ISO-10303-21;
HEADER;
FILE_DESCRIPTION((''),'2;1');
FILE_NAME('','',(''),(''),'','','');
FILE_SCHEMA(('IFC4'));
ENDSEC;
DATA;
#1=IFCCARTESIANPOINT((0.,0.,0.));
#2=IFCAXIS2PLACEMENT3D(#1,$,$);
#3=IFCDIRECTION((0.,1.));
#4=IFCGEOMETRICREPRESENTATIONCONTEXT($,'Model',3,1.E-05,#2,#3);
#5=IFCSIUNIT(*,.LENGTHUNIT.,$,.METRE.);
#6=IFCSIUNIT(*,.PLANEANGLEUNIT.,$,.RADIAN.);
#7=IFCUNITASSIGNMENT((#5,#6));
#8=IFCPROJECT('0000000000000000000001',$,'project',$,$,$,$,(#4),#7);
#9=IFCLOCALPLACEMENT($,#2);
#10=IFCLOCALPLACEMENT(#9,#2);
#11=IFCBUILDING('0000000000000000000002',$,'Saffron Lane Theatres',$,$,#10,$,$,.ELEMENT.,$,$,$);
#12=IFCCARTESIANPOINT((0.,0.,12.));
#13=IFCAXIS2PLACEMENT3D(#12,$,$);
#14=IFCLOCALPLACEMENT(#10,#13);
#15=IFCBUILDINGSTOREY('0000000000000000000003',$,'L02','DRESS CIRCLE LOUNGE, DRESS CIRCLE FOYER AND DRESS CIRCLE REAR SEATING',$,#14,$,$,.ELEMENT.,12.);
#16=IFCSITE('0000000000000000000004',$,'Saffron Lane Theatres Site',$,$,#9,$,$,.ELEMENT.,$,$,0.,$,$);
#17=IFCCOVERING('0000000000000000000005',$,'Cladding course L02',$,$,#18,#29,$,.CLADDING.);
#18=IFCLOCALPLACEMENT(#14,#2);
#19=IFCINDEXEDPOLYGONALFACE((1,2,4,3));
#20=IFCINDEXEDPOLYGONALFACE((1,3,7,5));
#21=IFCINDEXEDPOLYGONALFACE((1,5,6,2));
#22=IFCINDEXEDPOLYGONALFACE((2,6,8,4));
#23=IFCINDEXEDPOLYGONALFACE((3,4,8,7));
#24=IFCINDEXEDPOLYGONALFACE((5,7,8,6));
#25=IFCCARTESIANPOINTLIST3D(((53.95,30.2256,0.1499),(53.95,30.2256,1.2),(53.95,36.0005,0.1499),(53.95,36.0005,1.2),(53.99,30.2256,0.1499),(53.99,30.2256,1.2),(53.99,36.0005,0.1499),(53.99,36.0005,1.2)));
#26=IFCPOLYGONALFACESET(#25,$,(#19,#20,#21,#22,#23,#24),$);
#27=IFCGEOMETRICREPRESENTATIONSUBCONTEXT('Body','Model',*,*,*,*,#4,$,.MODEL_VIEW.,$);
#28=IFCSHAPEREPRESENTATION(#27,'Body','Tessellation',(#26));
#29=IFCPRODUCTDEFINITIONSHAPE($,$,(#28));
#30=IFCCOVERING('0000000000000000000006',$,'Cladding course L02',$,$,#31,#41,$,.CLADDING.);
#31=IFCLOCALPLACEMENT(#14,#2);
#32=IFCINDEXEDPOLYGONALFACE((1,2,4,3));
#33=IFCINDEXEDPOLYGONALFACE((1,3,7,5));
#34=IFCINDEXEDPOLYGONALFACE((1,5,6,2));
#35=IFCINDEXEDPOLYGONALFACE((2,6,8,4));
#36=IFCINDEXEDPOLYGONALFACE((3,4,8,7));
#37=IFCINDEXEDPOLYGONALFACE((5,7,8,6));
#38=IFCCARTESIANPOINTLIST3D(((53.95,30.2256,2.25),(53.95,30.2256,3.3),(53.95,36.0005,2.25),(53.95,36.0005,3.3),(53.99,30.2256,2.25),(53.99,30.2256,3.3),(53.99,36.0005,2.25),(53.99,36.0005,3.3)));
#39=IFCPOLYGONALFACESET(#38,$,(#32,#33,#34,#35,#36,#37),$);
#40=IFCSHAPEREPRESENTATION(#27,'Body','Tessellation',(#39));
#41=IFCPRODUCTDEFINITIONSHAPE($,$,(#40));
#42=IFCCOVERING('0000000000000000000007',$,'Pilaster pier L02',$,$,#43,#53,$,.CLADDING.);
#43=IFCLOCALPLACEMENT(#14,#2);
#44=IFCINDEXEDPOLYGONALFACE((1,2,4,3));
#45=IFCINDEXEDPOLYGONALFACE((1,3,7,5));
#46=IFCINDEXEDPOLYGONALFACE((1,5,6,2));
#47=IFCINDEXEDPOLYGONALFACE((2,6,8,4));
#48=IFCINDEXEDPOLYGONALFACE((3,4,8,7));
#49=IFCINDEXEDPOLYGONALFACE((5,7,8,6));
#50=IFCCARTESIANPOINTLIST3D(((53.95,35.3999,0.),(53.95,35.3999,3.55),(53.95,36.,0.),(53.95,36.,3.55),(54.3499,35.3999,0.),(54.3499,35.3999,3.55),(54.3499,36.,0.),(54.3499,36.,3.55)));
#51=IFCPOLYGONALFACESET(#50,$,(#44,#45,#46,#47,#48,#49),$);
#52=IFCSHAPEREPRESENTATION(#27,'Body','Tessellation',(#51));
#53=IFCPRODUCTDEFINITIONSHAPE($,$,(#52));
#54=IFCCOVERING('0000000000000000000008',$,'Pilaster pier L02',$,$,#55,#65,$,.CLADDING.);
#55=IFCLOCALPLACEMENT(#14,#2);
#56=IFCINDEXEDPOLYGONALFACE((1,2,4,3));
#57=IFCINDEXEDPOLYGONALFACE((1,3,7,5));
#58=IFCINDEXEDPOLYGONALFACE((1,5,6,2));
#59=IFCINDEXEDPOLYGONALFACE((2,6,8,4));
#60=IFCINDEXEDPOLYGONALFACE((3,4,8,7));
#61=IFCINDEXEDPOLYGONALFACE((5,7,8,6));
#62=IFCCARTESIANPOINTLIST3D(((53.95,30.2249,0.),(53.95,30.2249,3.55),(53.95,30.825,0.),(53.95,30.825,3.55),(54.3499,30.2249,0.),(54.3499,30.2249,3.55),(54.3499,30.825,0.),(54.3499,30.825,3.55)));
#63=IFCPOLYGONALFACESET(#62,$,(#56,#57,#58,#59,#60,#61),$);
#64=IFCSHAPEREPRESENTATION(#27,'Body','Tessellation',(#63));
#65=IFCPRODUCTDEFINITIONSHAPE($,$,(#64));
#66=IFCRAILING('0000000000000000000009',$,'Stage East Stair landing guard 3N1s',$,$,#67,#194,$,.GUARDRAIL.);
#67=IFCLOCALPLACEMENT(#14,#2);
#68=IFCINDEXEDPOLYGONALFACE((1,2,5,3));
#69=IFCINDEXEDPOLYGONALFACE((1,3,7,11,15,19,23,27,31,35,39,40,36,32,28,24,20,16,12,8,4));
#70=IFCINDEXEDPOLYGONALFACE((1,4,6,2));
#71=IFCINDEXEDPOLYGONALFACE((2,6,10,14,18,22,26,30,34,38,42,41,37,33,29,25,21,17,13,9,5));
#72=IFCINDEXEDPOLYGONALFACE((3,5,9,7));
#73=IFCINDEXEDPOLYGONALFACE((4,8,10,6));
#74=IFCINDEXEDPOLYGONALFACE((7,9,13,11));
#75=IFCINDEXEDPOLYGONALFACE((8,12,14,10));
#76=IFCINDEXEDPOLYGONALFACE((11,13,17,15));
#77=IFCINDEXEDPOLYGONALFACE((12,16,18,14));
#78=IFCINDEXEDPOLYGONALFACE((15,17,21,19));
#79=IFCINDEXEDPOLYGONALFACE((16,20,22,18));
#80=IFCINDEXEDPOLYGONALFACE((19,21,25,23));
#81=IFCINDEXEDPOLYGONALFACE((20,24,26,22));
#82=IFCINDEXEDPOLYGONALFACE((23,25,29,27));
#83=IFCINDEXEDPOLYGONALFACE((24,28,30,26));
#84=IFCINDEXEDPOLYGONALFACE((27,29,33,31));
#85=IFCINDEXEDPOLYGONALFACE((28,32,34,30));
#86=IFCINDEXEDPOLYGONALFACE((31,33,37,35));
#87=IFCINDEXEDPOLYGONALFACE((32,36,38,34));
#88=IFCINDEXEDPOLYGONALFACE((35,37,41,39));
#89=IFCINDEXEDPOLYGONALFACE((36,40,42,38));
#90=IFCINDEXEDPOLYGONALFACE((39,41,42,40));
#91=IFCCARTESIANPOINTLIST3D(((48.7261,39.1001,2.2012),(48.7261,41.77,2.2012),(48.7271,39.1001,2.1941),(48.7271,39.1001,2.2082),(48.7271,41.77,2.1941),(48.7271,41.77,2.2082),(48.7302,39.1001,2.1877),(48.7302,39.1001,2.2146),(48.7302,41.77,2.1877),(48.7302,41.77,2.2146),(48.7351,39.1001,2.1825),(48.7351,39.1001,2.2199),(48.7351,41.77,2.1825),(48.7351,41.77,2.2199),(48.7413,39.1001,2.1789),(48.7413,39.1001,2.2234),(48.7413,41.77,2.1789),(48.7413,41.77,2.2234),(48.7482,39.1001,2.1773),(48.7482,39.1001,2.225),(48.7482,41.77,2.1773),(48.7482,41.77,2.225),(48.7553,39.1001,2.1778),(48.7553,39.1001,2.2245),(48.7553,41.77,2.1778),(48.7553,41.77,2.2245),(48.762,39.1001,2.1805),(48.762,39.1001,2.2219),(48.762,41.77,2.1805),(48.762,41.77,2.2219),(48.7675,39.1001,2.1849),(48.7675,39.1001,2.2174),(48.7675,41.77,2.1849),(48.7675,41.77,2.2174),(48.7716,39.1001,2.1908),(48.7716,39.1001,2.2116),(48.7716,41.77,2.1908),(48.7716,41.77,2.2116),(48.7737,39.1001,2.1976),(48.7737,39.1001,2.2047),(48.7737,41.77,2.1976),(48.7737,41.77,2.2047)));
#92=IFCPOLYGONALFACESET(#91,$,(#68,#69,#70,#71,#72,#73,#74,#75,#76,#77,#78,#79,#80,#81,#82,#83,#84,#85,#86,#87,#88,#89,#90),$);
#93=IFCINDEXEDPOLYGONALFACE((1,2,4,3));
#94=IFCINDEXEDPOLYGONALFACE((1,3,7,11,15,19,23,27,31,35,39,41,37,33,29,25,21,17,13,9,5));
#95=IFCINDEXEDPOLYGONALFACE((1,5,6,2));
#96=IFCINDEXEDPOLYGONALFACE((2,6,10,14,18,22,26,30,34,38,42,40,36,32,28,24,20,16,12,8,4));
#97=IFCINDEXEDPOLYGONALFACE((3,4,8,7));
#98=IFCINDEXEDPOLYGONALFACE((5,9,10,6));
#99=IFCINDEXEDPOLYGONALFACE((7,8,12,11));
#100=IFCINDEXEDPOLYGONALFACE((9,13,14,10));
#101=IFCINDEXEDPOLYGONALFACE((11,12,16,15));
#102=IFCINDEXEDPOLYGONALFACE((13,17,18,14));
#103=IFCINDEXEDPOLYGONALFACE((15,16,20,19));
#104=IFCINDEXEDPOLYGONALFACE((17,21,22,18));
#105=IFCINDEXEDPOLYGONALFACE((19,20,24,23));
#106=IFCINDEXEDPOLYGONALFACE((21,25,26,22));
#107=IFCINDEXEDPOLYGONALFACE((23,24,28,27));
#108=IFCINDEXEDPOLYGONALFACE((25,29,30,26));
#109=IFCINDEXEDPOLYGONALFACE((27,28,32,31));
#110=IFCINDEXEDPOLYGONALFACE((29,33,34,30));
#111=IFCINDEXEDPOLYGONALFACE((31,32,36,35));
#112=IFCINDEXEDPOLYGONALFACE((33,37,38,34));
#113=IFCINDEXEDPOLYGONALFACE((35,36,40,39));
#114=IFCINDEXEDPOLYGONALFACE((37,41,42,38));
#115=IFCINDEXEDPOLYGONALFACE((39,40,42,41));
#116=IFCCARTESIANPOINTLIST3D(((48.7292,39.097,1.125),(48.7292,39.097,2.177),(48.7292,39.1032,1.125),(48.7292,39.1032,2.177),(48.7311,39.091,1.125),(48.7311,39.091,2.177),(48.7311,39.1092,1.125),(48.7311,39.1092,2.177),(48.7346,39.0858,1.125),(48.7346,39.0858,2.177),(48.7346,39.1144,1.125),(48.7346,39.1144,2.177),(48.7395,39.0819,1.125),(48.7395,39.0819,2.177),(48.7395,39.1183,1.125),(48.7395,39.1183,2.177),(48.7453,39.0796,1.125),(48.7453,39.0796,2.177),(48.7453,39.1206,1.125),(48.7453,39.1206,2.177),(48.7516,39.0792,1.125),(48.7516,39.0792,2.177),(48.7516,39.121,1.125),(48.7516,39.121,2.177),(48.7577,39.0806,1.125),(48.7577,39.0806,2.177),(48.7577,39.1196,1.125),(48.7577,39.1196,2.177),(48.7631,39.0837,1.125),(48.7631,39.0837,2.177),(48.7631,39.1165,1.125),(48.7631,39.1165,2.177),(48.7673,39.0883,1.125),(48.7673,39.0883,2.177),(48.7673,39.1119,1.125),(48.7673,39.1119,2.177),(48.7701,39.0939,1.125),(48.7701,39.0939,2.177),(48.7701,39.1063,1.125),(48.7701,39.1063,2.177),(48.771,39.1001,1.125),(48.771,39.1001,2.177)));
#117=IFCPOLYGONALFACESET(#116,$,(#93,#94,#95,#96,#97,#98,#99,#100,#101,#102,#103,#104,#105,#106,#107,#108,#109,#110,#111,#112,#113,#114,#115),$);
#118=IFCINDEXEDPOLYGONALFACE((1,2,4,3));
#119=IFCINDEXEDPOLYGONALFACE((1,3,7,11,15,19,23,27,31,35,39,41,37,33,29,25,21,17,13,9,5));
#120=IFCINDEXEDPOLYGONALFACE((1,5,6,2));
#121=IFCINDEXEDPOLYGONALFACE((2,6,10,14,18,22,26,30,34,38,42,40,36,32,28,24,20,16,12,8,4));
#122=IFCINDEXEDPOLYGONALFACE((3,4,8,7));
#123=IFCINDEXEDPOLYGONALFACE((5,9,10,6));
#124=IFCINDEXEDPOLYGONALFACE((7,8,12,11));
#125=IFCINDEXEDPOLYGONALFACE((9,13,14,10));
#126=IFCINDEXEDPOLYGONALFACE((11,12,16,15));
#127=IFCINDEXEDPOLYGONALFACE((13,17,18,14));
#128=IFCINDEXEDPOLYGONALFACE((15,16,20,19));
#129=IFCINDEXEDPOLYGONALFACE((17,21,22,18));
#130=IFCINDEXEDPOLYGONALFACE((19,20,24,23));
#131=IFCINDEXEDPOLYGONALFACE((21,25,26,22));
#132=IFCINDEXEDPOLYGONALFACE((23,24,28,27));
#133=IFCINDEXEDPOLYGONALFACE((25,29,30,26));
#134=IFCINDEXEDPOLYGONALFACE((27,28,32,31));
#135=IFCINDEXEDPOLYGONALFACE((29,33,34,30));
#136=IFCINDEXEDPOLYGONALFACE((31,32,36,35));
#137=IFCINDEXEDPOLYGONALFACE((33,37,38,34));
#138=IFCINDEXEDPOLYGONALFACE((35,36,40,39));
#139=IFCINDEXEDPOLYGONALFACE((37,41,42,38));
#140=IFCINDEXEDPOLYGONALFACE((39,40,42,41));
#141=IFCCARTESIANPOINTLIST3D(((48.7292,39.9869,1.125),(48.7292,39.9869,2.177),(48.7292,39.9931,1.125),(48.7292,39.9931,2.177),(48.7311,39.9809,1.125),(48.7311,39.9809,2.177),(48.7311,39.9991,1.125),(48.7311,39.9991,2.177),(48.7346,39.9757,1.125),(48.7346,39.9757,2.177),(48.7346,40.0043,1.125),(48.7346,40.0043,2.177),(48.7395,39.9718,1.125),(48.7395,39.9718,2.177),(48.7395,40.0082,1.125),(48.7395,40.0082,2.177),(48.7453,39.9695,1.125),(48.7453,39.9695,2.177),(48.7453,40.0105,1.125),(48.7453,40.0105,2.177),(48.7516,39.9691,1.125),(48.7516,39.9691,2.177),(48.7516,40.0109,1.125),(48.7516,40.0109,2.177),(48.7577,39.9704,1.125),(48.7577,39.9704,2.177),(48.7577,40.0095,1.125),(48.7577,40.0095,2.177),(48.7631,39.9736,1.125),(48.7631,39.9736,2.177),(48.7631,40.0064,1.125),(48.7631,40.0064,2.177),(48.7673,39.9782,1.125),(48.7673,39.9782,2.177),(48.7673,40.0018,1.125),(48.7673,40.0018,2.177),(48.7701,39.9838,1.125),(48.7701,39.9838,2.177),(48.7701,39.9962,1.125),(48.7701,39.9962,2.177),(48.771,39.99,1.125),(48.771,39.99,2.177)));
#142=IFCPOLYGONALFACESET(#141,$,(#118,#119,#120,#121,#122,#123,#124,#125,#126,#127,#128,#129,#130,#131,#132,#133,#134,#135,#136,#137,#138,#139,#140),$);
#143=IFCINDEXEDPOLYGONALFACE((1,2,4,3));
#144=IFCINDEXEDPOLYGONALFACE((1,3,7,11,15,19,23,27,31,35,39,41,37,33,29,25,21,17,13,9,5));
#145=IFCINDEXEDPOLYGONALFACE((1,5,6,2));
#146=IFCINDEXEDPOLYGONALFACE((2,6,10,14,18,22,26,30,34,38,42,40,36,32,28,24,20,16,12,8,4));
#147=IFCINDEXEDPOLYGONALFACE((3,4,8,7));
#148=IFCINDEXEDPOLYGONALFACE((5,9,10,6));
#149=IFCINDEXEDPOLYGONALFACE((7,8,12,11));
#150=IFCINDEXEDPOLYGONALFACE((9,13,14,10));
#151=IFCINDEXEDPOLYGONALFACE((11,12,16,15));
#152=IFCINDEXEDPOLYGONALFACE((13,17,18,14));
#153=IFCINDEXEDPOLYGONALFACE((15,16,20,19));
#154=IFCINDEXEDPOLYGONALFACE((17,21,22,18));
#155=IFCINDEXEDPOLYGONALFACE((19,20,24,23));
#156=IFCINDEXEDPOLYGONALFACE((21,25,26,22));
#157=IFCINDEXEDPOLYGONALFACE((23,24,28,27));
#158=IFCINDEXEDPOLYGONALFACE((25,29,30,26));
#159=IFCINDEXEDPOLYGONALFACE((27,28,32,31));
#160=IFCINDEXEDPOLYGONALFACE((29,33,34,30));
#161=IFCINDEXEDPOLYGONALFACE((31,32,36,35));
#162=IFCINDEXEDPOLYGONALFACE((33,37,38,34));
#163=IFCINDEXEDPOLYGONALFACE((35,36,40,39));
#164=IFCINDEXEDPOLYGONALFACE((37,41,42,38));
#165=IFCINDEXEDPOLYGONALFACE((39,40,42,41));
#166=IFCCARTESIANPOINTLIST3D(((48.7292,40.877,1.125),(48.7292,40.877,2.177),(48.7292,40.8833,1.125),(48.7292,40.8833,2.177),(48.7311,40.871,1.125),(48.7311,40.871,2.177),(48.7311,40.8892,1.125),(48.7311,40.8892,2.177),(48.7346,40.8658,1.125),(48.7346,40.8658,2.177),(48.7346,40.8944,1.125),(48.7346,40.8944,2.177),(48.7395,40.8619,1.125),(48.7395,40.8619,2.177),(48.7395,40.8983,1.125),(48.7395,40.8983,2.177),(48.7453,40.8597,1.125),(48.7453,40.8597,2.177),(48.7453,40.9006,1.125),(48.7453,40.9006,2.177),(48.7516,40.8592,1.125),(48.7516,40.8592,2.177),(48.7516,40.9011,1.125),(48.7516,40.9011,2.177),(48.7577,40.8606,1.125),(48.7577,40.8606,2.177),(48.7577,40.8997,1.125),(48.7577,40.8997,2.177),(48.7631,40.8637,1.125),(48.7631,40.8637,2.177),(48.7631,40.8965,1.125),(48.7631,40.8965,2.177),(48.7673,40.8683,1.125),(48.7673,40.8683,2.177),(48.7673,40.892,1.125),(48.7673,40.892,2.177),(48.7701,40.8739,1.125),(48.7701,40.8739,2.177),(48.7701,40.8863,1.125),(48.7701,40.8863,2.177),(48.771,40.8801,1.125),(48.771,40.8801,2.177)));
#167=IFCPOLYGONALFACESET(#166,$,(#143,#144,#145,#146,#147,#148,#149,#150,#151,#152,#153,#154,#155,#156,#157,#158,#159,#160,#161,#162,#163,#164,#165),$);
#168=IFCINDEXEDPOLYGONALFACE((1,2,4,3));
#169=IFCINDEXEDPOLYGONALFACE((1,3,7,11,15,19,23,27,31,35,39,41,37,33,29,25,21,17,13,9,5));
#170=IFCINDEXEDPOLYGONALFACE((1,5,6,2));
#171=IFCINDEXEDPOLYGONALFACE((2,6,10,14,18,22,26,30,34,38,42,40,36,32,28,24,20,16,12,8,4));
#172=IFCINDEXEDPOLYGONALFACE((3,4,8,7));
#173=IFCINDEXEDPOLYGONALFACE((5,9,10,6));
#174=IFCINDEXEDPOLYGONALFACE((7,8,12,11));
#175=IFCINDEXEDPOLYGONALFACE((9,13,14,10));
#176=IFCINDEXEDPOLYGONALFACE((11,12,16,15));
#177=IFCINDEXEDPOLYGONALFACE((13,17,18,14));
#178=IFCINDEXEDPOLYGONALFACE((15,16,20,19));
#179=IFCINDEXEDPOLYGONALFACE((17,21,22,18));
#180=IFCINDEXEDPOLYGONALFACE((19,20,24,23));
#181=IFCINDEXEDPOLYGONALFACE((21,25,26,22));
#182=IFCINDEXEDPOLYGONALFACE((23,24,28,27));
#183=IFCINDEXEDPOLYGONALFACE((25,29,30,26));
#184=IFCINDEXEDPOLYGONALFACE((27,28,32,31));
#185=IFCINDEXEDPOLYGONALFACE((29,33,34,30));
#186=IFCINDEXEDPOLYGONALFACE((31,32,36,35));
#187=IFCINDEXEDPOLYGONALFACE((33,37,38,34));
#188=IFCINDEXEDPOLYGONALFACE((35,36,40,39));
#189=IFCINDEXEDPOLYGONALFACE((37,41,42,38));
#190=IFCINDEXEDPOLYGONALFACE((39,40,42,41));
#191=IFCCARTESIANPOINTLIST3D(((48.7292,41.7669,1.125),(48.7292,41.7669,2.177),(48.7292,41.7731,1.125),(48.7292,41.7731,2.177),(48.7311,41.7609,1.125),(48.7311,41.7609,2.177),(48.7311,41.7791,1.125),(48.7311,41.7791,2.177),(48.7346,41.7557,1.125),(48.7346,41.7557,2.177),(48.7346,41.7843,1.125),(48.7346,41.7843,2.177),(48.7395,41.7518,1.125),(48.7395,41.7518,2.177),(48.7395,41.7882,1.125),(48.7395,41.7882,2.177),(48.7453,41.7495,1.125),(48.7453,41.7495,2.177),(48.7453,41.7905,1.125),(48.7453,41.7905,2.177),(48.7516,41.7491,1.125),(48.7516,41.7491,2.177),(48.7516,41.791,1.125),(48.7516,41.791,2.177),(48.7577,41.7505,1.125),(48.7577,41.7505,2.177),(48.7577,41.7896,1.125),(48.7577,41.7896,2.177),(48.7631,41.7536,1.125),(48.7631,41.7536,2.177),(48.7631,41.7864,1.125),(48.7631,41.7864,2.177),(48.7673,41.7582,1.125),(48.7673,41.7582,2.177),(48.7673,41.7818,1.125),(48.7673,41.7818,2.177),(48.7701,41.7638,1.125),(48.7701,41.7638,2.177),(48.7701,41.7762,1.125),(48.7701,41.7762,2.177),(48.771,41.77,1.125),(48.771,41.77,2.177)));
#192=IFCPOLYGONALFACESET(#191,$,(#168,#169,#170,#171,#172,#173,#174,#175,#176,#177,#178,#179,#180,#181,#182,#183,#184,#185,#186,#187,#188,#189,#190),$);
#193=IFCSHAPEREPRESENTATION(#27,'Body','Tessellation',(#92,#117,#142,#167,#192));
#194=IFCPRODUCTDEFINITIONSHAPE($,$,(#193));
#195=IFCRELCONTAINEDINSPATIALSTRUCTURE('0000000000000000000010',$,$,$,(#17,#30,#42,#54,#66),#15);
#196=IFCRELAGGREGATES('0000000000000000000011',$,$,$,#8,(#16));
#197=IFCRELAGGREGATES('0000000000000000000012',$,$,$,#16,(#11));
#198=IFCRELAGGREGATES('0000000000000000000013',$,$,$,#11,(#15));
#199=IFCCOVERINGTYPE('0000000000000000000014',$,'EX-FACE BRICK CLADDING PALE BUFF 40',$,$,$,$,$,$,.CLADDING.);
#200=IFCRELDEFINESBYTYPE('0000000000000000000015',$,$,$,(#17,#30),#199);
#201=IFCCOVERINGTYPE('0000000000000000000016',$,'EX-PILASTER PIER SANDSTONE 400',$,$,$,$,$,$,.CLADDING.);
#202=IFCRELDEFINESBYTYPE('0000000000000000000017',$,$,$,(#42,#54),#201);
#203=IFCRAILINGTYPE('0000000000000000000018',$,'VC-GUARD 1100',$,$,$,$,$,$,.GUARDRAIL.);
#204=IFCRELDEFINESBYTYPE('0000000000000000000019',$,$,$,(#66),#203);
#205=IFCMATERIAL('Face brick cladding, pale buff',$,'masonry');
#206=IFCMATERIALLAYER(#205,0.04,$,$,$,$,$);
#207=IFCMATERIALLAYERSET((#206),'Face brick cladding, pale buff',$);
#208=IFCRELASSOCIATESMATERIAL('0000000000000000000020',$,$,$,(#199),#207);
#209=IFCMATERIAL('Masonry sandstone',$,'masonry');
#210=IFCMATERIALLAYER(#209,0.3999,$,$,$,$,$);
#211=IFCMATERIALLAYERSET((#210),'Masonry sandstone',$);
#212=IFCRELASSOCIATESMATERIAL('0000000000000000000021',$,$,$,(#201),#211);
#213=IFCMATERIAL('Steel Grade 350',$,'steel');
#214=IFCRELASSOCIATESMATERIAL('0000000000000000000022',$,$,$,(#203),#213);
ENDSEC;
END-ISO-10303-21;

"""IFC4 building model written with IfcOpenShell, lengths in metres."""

from ifc_helpers import new_model, si_unit, direction, frame, origin, origin_2d, place, context, subcontext, project, spatial, rectangle, circle, extrude, material, layer, layer_set, type_object, element, save


model = new_model("IFC4")

# Units and contexts
model_context = context("Model", 3, precision=1e-05, world=origin(), true_north=direction((0.0, 1.0)))
body_context = subcontext(model_context, "Body", "Model", "MODEL_VIEW")
ifc_project = project(units=[si_unit("LENGTHUNIT", "METRE"), si_unit("PLANEANGLEUNIT", "RADIAN")], contexts=[model_context])

# Site, building, storey
site_placement = place(None, origin())
site = spatial("IfcSite", under=ifc_project, at=site_placement, Name="Saffron Lane Theatres Site", CompositionType="ELEMENT", RefElevation=0.0)
building_placement = place(site_placement, origin())
building = spatial("IfcBuilding", under=site, at=building_placement, Name="Saffron Lane Theatres", CompositionType="ELEMENT")
storey_placement = place(building_placement, frame((0.0, 0.0, 12.0)))
storey = spatial("IfcBuildingStorey", under=building, at=storey_placement, Name="L02", Description="DRESS CIRCLE LOUNGE, DRESS CIRCLE FOYER AND DRESS CIRCLE REAR SEATING", CompositionType="ELEMENT", Elevation=12.0)

# Coverings
ifc_material_1 = material(Name="Face brick cladding, pale buff", Category="masonry")
ifc_layer_1 = layer(ifc_material_1, 0.04)
ifc_layer_set_1 = layer_set([ifc_layer_1], Name="Face brick cladding, pale buff")
covering_type_1 = type_object("IfcCoveringType", Name="EX-FACE BRICK CLADDING PALE BUFF 40", PredefinedType="CLADDING", material=ifc_layer_set_1)
for number, where, z_axis, x_axis, name in (
    (1, (53.97, 33.113, 0.1499), (0.0, 0.0, 1.0), (0.0, -1.0, 0.0), "Cladding course L02"),
    (2, (53.97, 33.113, 2.25), (0.0, 0.0, 1.0), (0.0, -1.0, 0.0), "Cladding course L02"),
):
    element("IfcCovering", number, at=place(storey_placement, frame(where, z_axis=z_axis, x_axis=x_axis)), inside=storey, type_object=covering_type_1, Name=name, PredefinedType="CLADDING", context=body_context, shape_type="SweptSolid", body=[
        extrude(rectangle(XDim=5.7749, YDim=0.04, at=origin_2d()), origin(), (0.0, 0.0, 1.0), 1.05),
    ])
ifc_material_2 = material(Name="Masonry sandstone", Category="masonry")
ifc_layer_2 = layer(ifc_material_2, 0.3999)
ifc_layer_set_2 = layer_set([ifc_layer_2], Name="Masonry sandstone")
covering_type_2 = type_object("IfcCoveringType", Name="EX-PILASTER PIER SANDSTONE 400", PredefinedType="CLADDING", material=ifc_layer_set_2)
for number, where, z_axis, x_axis, name in (
    (3, (54.1499, 35.7, 0.0), (0.0, 0.0, 1.0), (0.0, -1.0, 0.0), "Pilaster pier L02"),
    (4, (54.1499, 30.5249, 0.0), (0.0, 0.0, 1.0), (0.0, -1.0, 0.0), "Pilaster pier L02"),
):
    element("IfcCovering", number, at=place(storey_placement, frame(where, z_axis=z_axis, x_axis=x_axis)), inside=storey, type_object=covering_type_2, Name=name, PredefinedType="CLADDING", context=body_context, shape_type="SweptSolid", body=[
        extrude(rectangle(XDim=0.6001, YDim=0.3999, at=origin_2d()), origin(), (0.0, 0.0, 1.0), 3.55),
    ])

# Railing
ifc_material_3 = material(Name="Steel Grade 350", Category="steel")
railing_type_1 = type_object("IfcRailingType", Name="VC-GUARD 1100", PredefinedType="GUARDRAIL", material=ifc_material_3)
railing_1_placement = place(storey_placement, frame((48.75, 39.1001, 1.125)))
element("IfcRailing", 5, at=railing_1_placement, inside=storey, type_object=railing_type_1, Name="Stage East Stair landing guard 3N1s", PredefinedType="GUARDRAIL", context=body_context, shape_type="SweptSolid", body=[
    extrude(circle(Radius=0.0239, at=origin_2d()), frame((0.0, 0.0, 1.0762), z_axis=(0.0, 1.0, 0.0), x_axis=(-1.0, 0.0, 0.0)), (0.0, 0.0, 1.0), 2.6699),
    extrude(circle(Radius=0.021, at=origin_2d()), origin(), (0.0, 0.0, 1.0), 1.052),
    extrude(circle(Radius=0.021, at=origin_2d()), frame((0.0, 0.8899, 0.0)), (0.0, 0.0, 1.0), 1.052),
    extrude(circle(Radius=0.021, at=origin_2d()), frame((0.0, 1.78, 0.0)), (0.0, 0.0, 1.0), 1.052),
    extrude(circle(Radius=0.021, at=origin_2d()), frame((0.0, 2.6699, 0.0)), (0.0, 0.0, 1.0), 1.052),
])

save(model, "model.ifc")
